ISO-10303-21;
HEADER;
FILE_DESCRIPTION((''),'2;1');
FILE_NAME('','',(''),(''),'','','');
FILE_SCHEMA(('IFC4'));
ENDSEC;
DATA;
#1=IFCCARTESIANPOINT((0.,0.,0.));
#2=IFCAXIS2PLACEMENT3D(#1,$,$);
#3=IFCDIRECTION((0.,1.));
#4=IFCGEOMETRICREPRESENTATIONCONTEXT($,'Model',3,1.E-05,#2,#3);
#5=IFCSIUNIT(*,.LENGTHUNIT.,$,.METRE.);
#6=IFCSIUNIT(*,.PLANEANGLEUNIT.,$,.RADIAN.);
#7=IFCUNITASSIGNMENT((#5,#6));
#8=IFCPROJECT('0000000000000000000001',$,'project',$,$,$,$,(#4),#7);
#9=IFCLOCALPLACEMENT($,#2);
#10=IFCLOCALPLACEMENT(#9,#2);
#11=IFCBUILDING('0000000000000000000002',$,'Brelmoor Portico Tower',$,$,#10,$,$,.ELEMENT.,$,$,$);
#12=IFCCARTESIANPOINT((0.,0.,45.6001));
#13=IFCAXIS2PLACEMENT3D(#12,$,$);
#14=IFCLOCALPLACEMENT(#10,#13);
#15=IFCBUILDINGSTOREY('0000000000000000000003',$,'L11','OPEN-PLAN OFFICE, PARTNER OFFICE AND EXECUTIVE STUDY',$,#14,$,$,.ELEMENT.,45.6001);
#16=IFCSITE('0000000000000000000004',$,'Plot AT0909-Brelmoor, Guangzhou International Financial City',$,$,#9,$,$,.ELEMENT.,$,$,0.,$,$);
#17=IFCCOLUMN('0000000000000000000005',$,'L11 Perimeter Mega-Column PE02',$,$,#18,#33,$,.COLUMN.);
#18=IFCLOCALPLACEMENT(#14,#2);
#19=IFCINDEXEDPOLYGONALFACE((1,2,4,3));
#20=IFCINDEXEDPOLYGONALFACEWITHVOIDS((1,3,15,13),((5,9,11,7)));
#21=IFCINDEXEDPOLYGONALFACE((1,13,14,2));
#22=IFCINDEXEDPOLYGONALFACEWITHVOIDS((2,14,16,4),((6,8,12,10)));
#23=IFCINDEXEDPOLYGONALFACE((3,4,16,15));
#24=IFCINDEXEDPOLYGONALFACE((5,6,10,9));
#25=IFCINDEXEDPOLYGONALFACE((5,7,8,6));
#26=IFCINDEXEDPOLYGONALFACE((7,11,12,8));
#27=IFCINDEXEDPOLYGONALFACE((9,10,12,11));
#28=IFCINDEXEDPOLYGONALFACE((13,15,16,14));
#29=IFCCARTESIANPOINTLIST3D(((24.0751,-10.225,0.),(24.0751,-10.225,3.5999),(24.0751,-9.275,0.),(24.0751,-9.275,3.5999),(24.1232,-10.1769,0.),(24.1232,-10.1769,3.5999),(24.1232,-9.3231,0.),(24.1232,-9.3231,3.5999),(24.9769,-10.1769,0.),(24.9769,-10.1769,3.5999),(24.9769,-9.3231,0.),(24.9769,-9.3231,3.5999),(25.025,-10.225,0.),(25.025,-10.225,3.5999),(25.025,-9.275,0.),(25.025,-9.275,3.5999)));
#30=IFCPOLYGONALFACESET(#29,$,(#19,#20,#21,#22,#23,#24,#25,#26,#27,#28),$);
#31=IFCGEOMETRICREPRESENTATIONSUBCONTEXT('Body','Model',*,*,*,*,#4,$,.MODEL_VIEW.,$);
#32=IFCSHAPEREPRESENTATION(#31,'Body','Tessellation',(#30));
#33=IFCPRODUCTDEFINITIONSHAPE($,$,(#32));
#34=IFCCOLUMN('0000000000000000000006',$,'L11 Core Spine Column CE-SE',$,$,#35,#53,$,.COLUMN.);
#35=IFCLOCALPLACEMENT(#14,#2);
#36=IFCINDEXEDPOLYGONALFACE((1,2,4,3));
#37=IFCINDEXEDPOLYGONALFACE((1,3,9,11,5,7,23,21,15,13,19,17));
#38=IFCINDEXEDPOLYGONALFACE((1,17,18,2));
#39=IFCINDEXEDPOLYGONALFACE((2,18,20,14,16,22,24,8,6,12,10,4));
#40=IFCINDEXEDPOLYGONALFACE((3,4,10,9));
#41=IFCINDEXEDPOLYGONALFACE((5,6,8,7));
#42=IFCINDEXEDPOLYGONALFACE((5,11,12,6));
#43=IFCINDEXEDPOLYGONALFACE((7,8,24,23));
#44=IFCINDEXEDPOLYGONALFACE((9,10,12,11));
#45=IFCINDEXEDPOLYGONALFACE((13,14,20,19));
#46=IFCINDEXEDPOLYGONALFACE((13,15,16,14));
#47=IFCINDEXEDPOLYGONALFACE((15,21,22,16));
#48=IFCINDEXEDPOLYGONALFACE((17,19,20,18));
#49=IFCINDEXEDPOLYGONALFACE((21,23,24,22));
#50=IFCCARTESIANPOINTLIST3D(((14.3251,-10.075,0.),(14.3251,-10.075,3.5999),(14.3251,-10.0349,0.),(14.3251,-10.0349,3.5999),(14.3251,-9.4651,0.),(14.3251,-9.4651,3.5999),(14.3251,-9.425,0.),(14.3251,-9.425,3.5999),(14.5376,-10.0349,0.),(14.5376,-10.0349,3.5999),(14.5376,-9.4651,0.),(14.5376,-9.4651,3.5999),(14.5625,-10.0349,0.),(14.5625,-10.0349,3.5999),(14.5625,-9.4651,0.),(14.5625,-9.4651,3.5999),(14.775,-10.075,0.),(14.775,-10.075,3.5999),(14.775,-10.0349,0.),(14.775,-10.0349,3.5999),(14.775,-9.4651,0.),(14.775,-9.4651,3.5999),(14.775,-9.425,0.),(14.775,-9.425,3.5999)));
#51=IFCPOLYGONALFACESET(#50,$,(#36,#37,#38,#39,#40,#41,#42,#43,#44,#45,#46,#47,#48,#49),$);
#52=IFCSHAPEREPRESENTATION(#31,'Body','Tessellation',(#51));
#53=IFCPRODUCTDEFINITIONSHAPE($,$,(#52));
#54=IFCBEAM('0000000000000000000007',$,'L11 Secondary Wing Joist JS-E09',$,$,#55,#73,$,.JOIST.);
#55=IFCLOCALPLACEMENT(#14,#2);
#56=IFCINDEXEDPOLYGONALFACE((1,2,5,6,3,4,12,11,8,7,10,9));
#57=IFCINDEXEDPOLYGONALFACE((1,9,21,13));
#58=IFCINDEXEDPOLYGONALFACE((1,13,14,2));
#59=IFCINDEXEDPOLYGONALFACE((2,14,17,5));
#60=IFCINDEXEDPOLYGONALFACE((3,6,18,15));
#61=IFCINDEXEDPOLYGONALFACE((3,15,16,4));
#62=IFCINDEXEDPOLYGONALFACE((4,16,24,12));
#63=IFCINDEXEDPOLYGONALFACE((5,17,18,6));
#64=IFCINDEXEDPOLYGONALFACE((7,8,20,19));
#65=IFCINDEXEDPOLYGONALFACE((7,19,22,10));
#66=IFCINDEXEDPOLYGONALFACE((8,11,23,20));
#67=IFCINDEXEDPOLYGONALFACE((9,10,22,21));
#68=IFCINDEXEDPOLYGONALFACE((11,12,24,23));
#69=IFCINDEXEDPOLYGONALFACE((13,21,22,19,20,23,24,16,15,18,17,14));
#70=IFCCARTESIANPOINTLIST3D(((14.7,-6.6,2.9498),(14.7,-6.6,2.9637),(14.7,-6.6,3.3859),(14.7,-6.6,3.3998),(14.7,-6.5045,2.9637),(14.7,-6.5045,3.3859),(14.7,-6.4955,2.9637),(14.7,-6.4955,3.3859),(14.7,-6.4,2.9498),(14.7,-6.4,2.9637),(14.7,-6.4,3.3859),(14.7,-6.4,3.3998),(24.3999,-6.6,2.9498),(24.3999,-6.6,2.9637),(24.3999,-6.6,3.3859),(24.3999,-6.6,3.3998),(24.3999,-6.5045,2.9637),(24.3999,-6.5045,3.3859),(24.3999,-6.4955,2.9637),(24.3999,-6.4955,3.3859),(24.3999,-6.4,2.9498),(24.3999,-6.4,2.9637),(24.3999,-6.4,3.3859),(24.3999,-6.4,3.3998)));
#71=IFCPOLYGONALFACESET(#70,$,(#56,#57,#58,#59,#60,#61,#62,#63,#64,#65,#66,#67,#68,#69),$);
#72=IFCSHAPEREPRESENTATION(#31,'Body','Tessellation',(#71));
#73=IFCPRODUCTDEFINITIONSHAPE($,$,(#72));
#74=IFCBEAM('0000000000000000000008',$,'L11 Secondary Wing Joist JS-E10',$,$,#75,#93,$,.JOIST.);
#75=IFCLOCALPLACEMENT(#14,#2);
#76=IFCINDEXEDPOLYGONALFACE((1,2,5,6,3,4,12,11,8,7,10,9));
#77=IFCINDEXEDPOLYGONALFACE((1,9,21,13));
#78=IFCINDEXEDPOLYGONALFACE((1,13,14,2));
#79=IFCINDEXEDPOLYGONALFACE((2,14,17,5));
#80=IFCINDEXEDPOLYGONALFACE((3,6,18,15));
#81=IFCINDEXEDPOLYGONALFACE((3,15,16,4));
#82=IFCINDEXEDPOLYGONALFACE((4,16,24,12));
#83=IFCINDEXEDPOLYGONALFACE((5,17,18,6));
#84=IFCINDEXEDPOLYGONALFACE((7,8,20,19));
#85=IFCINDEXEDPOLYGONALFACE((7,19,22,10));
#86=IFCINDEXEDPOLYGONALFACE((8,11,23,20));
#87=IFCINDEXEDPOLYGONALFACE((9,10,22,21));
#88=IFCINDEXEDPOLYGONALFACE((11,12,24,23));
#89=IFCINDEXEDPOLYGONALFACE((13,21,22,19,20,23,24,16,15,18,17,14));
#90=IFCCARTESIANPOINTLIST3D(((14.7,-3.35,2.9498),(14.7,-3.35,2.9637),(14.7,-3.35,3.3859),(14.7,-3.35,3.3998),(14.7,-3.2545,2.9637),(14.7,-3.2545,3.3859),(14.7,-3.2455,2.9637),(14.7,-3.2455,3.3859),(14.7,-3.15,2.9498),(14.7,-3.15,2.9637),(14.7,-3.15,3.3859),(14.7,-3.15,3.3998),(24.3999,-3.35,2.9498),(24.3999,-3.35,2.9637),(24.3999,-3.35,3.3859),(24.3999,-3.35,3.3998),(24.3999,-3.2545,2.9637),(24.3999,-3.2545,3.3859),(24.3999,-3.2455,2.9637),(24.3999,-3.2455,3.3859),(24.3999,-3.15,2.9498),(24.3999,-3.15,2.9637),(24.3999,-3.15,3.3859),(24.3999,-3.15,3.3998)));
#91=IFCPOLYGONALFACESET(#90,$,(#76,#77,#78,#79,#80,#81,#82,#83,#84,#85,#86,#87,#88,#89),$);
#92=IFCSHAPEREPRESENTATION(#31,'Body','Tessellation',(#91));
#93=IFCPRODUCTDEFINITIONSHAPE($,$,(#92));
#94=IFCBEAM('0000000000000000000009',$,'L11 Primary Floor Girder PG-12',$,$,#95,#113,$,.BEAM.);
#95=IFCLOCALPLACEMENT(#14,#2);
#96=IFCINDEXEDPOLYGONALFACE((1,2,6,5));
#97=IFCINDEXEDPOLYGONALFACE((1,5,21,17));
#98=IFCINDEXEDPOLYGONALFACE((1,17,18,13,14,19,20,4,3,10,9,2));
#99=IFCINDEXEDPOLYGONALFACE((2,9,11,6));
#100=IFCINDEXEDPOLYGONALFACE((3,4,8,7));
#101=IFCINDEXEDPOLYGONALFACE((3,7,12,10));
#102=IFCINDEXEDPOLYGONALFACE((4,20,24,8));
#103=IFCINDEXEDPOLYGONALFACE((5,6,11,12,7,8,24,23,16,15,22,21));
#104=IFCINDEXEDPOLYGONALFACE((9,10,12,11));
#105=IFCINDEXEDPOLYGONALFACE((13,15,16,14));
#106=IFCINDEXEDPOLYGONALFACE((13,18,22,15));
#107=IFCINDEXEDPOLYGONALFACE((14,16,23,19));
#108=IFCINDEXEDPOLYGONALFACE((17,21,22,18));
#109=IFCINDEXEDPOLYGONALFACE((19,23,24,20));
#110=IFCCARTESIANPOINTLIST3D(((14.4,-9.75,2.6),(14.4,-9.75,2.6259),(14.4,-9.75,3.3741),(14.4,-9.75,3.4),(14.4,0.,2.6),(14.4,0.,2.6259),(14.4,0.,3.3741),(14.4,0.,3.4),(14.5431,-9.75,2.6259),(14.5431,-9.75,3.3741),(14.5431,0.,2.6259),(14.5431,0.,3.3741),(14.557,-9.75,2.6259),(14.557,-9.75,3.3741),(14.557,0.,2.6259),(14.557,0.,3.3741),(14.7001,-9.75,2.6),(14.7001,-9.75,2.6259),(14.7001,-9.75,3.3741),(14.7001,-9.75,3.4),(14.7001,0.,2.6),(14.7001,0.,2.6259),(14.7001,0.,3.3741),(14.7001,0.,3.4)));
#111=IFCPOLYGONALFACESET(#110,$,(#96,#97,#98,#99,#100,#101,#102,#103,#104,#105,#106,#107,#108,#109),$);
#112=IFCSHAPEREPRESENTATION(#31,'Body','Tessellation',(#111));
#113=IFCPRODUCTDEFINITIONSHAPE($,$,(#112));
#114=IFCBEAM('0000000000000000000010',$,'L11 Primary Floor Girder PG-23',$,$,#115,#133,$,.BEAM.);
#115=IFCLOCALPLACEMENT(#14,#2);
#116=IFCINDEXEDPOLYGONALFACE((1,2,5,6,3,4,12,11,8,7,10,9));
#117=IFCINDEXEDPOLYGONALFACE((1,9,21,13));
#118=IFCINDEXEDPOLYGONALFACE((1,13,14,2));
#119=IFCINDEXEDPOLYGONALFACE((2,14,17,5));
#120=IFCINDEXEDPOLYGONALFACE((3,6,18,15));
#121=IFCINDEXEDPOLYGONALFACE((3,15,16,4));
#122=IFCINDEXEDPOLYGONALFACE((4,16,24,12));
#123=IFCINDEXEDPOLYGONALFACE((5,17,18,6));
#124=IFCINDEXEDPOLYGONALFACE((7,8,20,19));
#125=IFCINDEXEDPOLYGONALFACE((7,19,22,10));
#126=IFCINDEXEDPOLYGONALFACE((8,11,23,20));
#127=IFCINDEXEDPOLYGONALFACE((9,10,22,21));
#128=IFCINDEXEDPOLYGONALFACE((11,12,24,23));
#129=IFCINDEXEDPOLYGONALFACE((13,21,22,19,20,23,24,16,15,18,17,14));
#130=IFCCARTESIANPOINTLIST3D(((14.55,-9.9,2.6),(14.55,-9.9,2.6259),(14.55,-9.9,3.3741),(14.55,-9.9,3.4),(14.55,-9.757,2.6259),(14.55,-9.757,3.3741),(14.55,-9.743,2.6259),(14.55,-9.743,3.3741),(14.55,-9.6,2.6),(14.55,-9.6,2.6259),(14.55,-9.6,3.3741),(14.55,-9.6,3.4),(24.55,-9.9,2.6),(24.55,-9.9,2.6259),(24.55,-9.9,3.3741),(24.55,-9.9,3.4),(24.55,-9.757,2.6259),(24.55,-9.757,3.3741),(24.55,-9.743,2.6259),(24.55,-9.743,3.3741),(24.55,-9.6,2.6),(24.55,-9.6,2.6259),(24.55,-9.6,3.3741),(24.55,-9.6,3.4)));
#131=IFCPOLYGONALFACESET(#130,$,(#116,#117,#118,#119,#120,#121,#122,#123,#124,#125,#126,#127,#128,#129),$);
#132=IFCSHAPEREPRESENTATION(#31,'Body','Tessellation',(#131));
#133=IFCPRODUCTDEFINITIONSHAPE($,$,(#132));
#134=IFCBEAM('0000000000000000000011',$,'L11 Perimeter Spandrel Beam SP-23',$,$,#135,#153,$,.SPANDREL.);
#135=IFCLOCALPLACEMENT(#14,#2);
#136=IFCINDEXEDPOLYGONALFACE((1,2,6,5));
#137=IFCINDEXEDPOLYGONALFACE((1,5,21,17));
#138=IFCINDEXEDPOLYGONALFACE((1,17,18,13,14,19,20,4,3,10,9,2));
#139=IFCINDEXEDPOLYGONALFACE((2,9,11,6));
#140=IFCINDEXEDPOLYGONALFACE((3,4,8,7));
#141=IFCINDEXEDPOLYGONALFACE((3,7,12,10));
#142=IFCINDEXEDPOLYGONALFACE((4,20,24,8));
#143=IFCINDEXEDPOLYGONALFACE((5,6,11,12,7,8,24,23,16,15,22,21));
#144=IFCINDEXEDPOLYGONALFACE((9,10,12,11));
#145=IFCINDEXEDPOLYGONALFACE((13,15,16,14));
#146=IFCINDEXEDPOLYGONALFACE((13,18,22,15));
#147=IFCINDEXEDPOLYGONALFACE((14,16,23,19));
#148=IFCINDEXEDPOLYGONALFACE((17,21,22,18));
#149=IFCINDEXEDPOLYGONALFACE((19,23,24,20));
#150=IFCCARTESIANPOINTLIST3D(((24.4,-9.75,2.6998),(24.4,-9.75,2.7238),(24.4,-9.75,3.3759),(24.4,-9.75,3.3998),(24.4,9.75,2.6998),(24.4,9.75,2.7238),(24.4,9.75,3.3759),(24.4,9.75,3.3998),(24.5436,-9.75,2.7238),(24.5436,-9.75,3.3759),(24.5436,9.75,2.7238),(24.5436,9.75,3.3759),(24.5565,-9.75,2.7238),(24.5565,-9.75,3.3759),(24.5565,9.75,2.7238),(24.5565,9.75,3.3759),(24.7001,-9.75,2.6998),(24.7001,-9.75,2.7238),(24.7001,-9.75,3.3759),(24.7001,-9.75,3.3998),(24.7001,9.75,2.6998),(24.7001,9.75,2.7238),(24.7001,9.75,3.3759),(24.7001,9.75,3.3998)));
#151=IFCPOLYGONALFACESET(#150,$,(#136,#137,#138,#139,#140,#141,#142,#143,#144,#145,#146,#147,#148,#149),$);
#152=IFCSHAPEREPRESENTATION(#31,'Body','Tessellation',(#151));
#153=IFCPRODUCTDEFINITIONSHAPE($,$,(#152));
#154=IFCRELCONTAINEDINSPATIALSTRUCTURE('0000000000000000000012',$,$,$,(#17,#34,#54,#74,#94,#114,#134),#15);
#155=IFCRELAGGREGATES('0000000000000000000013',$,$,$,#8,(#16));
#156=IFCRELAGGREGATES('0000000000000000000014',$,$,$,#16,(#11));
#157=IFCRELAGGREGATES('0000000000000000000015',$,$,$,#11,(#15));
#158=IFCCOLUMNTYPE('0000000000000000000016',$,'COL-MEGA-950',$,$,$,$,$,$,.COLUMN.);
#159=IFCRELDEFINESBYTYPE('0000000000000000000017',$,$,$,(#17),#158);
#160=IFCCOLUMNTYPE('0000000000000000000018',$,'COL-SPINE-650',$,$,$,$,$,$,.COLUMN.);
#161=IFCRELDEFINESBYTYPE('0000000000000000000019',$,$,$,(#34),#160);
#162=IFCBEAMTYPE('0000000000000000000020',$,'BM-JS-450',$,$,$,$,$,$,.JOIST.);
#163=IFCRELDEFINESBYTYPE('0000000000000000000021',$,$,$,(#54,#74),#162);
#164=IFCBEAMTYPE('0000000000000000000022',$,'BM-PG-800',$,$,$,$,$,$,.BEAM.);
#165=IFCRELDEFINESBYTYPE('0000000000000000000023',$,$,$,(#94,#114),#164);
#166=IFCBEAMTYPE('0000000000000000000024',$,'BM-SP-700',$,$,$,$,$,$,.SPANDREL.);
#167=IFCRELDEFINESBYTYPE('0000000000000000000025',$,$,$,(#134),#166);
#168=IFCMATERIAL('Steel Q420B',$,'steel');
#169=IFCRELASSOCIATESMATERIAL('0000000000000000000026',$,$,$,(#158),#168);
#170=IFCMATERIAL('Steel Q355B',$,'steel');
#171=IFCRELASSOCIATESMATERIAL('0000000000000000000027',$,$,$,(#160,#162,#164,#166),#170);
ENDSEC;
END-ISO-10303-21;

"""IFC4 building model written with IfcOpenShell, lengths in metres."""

from ifc_helpers import new_model, si_unit, direction, frame, origin, origin_2d, place, context, subcontext, project, spatial, hollow_rectangle, i_section, extrude, material, material_profile, profile_set, type_object, element, save


model = new_model("IFC4")

# Units and contexts
model_context = context("Model", 3, precision=1e-05, world=origin(), true_north=direction((0.0, 1.0)))
body_context = subcontext(model_context, "Body", "Model", "MODEL_VIEW")
ifc_project = project(units=[si_unit("LENGTHUNIT", "METRE"), si_unit("PLANEANGLEUNIT", "RADIAN")], contexts=[model_context])

# Site, building, storey
site_placement = place(None, origin())
site = spatial("IfcSite", under=ifc_project, at=site_placement, Name="Plot AT0909-Brelmoor, Guangzhou International Financial City", CompositionType="ELEMENT", RefElevation=0.0)
building_placement = place(site_placement, origin())
building = spatial("IfcBuilding", under=site, at=building_placement, Name="Brelmoor Portico Tower", CompositionType="ELEMENT")
storey_placement = place(building_placement, frame((0.0, 0.0, 45.6001)))
storey = spatial("IfcBuildingStorey", under=building, at=storey_placement, Name="L11", Description="OPEN-PLAN OFFICE, PARTNER OFFICE AND EXECUTIVE STUDY", CompositionType="ELEMENT", Elevation=45.6001)

# Columns
ifc_material_1 = material(Name="Steel Q420B", Category="steel")
ifc_material_profile_1 = material_profile(ifc_material_1, hollow_rectangle(XDim=0.95, YDim=0.95, WallThickness=0.0481, at=origin_2d()), Name="BOX 950x950x48")
ifc_profile_set_1 = profile_set([ifc_material_profile_1], Name="Steel Q420B")
column_type_1 = type_object("IfcColumnType", Name="COL-MEGA-950", PredefinedType="COLUMN", material=ifc_profile_set_1)
column_1_placement = place(storey_placement, frame((24.55, -9.75, 0.0), z_axis=(0.0, 0.0, 1.0), x_axis=(0.0, 1.0, 0.0)))
element("IfcColumn", 1, at=column_1_placement, inside=storey, type_object=column_type_1, Name="L11 Perimeter Mega-Column PE02", PredefinedType="COLUMN", context=body_context, shape_type="SweptSolid", body=[
    extrude(hollow_rectangle(XDim=0.95, YDim=0.95, WallThickness=0.0481, at=origin_2d()), origin(), (0.0, 0.0, 1.0), 3.5999),
])
ifc_material_2 = material(Name="Steel Q355B", Category="steel")
ifc_material_profile_2 = material_profile(ifc_material_2, i_section(OverallWidth=0.45, OverallDepth=0.6499, WebThickness=0.0249, FlangeThickness=0.04, at=origin_2d()), Name="HW 650x450x25x40")
ifc_profile_set_2 = profile_set([ifc_material_profile_2], Name="Steel Q355B")
column_type_2 = type_object("IfcColumnType", Name="COL-SPINE-650", PredefinedType="COLUMN", material=ifc_profile_set_2)
column_2_placement = place(storey_placement, frame((14.55, -9.75, 0.0), z_axis=(0.0, 0.0, 1.0), x_axis=(1.0, 0.0, 0.0)))
element("IfcColumn", 2, at=column_2_placement, inside=storey, type_object=column_type_2, Name="L11 Core Spine Column CE-SE", PredefinedType="COLUMN", context=body_context, shape_type="SweptSolid", body=[
    extrude(i_section(OverallWidth=0.45, OverallDepth=0.6499, WebThickness=0.0249, FlangeThickness=0.04, at=origin_2d()), origin(), (0.0, 0.0, 1.0), 3.5999),
])

# Beams
ifc_material_profile_3 = material_profile(ifc_material_2, i_section(OverallWidth=0.2, OverallDepth=0.45, WebThickness=0.009, FlangeThickness=0.0139, at=origin_2d()), Name="HN 450x200x9x14")
ifc_profile_set_3 = profile_set([ifc_material_profile_3], Name="Steel Q355B")
beam_type_1 = type_object("IfcBeamType", Name="BM-JS-450", PredefinedType="JOIST", material=ifc_profile_set_3)
for number, where, z_axis, x_axis, name in (
    (3, (14.7, -6.5, 3.1748), (1.0, 0.0, 0.0), (0.0, 1.0, 0.0), "L11 Secondary Wing Joist JS-E09"),
    (4, (14.7, -3.25, 3.1748), (1.0, 0.0, 0.0), (0.0, 1.0, 0.0), "L11 Secondary Wing Joist JS-E10"),
):
    element("IfcBeam", number, at=place(storey_placement, frame(where, z_axis=z_axis, x_axis=x_axis)), inside=storey, type_object=beam_type_1, Name=name, PredefinedType="JOIST", context=body_context, shape_type="SweptSolid", body=[
        extrude(i_section(OverallWidth=0.2, OverallDepth=0.45, WebThickness=0.009, FlangeThickness=0.0139, at=origin_2d()), origin(), (0.0, 0.0, 1.0), 9.7),
    ])
ifc_material_profile_4 = material_profile(ifc_material_2, i_section(OverallWidth=0.3, OverallDepth=0.8, WebThickness=0.0139, FlangeThickness=0.0259, at=origin_2d()), Name="HN 800x300x14x26")
ifc_profile_set_4 = profile_set([ifc_material_profile_4], Name="Steel Q355B")
beam_type_2 = type_object("IfcBeamType", Name="BM-PG-800", PredefinedType="BEAM", material=ifc_profile_set_4)
beam_1_placement = place(storey_placement, frame((14.55, -9.75, 3.0), z_axis=(0.0, 1.0, 0.0), x_axis=(-1.0, 0.0, 0.0)))
element("IfcBeam", 5, at=beam_1_placement, inside=storey, type_object=beam_type_2, Name="L11 Primary Floor Girder PG-12", PredefinedType="BEAM", context=body_context, shape_type="SweptSolid", body=[
    extrude(i_section(OverallWidth=0.3, OverallDepth=0.8, WebThickness=0.0139, FlangeThickness=0.0259, at=origin_2d()), origin(), (0.0, 0.0, 1.0), 9.75),
])
beam_2_placement = place(storey_placement, frame((14.55, -9.75, 3.0), z_axis=(1.0, 0.0, 0.0), x_axis=(0.0, 1.0, 0.0)))
element("IfcBeam", 6, at=beam_2_placement, inside=storey, type_object=beam_type_2, Name="L11 Primary Floor Girder PG-23", PredefinedType="BEAM", context=body_context, shape_type="SweptSolid", body=[
    extrude(i_section(OverallWidth=0.3, OverallDepth=0.8, WebThickness=0.0139, FlangeThickness=0.0259, at=origin_2d()), origin(), (0.0, 0.0, 1.0), 10.0),
])
ifc_material_profile_5 = material_profile(ifc_material_2, i_section(OverallWidth=0.3, OverallDepth=0.7, WebThickness=0.0129, FlangeThickness=0.0239, at=origin_2d()), Name="HN 700x300x13x24")
ifc_profile_set_5 = profile_set([ifc_material_profile_5], Name="Steel Q355B")
beam_type_3 = type_object("IfcBeamType", Name="BM-SP-700", PredefinedType="SPANDREL", material=ifc_profile_set_5)
beam_3_placement = place(storey_placement, frame((24.55, -9.75, 3.0498), z_axis=(0.0, 1.0, 0.0), x_axis=(-1.0, 0.0, 0.0)))
element("IfcBeam", 7, at=beam_3_placement, inside=storey, type_object=beam_type_3, Name="L11 Perimeter Spandrel Beam SP-23", PredefinedType="SPANDREL", context=body_context, shape_type="SweptSolid", body=[
    extrude(i_section(OverallWidth=0.3, OverallDepth=0.7, WebThickness=0.0129, FlangeThickness=0.0239, at=origin_2d()), origin(), (0.0, 0.0, 1.0), 19.5),
])

save(model, "model.ifc")
